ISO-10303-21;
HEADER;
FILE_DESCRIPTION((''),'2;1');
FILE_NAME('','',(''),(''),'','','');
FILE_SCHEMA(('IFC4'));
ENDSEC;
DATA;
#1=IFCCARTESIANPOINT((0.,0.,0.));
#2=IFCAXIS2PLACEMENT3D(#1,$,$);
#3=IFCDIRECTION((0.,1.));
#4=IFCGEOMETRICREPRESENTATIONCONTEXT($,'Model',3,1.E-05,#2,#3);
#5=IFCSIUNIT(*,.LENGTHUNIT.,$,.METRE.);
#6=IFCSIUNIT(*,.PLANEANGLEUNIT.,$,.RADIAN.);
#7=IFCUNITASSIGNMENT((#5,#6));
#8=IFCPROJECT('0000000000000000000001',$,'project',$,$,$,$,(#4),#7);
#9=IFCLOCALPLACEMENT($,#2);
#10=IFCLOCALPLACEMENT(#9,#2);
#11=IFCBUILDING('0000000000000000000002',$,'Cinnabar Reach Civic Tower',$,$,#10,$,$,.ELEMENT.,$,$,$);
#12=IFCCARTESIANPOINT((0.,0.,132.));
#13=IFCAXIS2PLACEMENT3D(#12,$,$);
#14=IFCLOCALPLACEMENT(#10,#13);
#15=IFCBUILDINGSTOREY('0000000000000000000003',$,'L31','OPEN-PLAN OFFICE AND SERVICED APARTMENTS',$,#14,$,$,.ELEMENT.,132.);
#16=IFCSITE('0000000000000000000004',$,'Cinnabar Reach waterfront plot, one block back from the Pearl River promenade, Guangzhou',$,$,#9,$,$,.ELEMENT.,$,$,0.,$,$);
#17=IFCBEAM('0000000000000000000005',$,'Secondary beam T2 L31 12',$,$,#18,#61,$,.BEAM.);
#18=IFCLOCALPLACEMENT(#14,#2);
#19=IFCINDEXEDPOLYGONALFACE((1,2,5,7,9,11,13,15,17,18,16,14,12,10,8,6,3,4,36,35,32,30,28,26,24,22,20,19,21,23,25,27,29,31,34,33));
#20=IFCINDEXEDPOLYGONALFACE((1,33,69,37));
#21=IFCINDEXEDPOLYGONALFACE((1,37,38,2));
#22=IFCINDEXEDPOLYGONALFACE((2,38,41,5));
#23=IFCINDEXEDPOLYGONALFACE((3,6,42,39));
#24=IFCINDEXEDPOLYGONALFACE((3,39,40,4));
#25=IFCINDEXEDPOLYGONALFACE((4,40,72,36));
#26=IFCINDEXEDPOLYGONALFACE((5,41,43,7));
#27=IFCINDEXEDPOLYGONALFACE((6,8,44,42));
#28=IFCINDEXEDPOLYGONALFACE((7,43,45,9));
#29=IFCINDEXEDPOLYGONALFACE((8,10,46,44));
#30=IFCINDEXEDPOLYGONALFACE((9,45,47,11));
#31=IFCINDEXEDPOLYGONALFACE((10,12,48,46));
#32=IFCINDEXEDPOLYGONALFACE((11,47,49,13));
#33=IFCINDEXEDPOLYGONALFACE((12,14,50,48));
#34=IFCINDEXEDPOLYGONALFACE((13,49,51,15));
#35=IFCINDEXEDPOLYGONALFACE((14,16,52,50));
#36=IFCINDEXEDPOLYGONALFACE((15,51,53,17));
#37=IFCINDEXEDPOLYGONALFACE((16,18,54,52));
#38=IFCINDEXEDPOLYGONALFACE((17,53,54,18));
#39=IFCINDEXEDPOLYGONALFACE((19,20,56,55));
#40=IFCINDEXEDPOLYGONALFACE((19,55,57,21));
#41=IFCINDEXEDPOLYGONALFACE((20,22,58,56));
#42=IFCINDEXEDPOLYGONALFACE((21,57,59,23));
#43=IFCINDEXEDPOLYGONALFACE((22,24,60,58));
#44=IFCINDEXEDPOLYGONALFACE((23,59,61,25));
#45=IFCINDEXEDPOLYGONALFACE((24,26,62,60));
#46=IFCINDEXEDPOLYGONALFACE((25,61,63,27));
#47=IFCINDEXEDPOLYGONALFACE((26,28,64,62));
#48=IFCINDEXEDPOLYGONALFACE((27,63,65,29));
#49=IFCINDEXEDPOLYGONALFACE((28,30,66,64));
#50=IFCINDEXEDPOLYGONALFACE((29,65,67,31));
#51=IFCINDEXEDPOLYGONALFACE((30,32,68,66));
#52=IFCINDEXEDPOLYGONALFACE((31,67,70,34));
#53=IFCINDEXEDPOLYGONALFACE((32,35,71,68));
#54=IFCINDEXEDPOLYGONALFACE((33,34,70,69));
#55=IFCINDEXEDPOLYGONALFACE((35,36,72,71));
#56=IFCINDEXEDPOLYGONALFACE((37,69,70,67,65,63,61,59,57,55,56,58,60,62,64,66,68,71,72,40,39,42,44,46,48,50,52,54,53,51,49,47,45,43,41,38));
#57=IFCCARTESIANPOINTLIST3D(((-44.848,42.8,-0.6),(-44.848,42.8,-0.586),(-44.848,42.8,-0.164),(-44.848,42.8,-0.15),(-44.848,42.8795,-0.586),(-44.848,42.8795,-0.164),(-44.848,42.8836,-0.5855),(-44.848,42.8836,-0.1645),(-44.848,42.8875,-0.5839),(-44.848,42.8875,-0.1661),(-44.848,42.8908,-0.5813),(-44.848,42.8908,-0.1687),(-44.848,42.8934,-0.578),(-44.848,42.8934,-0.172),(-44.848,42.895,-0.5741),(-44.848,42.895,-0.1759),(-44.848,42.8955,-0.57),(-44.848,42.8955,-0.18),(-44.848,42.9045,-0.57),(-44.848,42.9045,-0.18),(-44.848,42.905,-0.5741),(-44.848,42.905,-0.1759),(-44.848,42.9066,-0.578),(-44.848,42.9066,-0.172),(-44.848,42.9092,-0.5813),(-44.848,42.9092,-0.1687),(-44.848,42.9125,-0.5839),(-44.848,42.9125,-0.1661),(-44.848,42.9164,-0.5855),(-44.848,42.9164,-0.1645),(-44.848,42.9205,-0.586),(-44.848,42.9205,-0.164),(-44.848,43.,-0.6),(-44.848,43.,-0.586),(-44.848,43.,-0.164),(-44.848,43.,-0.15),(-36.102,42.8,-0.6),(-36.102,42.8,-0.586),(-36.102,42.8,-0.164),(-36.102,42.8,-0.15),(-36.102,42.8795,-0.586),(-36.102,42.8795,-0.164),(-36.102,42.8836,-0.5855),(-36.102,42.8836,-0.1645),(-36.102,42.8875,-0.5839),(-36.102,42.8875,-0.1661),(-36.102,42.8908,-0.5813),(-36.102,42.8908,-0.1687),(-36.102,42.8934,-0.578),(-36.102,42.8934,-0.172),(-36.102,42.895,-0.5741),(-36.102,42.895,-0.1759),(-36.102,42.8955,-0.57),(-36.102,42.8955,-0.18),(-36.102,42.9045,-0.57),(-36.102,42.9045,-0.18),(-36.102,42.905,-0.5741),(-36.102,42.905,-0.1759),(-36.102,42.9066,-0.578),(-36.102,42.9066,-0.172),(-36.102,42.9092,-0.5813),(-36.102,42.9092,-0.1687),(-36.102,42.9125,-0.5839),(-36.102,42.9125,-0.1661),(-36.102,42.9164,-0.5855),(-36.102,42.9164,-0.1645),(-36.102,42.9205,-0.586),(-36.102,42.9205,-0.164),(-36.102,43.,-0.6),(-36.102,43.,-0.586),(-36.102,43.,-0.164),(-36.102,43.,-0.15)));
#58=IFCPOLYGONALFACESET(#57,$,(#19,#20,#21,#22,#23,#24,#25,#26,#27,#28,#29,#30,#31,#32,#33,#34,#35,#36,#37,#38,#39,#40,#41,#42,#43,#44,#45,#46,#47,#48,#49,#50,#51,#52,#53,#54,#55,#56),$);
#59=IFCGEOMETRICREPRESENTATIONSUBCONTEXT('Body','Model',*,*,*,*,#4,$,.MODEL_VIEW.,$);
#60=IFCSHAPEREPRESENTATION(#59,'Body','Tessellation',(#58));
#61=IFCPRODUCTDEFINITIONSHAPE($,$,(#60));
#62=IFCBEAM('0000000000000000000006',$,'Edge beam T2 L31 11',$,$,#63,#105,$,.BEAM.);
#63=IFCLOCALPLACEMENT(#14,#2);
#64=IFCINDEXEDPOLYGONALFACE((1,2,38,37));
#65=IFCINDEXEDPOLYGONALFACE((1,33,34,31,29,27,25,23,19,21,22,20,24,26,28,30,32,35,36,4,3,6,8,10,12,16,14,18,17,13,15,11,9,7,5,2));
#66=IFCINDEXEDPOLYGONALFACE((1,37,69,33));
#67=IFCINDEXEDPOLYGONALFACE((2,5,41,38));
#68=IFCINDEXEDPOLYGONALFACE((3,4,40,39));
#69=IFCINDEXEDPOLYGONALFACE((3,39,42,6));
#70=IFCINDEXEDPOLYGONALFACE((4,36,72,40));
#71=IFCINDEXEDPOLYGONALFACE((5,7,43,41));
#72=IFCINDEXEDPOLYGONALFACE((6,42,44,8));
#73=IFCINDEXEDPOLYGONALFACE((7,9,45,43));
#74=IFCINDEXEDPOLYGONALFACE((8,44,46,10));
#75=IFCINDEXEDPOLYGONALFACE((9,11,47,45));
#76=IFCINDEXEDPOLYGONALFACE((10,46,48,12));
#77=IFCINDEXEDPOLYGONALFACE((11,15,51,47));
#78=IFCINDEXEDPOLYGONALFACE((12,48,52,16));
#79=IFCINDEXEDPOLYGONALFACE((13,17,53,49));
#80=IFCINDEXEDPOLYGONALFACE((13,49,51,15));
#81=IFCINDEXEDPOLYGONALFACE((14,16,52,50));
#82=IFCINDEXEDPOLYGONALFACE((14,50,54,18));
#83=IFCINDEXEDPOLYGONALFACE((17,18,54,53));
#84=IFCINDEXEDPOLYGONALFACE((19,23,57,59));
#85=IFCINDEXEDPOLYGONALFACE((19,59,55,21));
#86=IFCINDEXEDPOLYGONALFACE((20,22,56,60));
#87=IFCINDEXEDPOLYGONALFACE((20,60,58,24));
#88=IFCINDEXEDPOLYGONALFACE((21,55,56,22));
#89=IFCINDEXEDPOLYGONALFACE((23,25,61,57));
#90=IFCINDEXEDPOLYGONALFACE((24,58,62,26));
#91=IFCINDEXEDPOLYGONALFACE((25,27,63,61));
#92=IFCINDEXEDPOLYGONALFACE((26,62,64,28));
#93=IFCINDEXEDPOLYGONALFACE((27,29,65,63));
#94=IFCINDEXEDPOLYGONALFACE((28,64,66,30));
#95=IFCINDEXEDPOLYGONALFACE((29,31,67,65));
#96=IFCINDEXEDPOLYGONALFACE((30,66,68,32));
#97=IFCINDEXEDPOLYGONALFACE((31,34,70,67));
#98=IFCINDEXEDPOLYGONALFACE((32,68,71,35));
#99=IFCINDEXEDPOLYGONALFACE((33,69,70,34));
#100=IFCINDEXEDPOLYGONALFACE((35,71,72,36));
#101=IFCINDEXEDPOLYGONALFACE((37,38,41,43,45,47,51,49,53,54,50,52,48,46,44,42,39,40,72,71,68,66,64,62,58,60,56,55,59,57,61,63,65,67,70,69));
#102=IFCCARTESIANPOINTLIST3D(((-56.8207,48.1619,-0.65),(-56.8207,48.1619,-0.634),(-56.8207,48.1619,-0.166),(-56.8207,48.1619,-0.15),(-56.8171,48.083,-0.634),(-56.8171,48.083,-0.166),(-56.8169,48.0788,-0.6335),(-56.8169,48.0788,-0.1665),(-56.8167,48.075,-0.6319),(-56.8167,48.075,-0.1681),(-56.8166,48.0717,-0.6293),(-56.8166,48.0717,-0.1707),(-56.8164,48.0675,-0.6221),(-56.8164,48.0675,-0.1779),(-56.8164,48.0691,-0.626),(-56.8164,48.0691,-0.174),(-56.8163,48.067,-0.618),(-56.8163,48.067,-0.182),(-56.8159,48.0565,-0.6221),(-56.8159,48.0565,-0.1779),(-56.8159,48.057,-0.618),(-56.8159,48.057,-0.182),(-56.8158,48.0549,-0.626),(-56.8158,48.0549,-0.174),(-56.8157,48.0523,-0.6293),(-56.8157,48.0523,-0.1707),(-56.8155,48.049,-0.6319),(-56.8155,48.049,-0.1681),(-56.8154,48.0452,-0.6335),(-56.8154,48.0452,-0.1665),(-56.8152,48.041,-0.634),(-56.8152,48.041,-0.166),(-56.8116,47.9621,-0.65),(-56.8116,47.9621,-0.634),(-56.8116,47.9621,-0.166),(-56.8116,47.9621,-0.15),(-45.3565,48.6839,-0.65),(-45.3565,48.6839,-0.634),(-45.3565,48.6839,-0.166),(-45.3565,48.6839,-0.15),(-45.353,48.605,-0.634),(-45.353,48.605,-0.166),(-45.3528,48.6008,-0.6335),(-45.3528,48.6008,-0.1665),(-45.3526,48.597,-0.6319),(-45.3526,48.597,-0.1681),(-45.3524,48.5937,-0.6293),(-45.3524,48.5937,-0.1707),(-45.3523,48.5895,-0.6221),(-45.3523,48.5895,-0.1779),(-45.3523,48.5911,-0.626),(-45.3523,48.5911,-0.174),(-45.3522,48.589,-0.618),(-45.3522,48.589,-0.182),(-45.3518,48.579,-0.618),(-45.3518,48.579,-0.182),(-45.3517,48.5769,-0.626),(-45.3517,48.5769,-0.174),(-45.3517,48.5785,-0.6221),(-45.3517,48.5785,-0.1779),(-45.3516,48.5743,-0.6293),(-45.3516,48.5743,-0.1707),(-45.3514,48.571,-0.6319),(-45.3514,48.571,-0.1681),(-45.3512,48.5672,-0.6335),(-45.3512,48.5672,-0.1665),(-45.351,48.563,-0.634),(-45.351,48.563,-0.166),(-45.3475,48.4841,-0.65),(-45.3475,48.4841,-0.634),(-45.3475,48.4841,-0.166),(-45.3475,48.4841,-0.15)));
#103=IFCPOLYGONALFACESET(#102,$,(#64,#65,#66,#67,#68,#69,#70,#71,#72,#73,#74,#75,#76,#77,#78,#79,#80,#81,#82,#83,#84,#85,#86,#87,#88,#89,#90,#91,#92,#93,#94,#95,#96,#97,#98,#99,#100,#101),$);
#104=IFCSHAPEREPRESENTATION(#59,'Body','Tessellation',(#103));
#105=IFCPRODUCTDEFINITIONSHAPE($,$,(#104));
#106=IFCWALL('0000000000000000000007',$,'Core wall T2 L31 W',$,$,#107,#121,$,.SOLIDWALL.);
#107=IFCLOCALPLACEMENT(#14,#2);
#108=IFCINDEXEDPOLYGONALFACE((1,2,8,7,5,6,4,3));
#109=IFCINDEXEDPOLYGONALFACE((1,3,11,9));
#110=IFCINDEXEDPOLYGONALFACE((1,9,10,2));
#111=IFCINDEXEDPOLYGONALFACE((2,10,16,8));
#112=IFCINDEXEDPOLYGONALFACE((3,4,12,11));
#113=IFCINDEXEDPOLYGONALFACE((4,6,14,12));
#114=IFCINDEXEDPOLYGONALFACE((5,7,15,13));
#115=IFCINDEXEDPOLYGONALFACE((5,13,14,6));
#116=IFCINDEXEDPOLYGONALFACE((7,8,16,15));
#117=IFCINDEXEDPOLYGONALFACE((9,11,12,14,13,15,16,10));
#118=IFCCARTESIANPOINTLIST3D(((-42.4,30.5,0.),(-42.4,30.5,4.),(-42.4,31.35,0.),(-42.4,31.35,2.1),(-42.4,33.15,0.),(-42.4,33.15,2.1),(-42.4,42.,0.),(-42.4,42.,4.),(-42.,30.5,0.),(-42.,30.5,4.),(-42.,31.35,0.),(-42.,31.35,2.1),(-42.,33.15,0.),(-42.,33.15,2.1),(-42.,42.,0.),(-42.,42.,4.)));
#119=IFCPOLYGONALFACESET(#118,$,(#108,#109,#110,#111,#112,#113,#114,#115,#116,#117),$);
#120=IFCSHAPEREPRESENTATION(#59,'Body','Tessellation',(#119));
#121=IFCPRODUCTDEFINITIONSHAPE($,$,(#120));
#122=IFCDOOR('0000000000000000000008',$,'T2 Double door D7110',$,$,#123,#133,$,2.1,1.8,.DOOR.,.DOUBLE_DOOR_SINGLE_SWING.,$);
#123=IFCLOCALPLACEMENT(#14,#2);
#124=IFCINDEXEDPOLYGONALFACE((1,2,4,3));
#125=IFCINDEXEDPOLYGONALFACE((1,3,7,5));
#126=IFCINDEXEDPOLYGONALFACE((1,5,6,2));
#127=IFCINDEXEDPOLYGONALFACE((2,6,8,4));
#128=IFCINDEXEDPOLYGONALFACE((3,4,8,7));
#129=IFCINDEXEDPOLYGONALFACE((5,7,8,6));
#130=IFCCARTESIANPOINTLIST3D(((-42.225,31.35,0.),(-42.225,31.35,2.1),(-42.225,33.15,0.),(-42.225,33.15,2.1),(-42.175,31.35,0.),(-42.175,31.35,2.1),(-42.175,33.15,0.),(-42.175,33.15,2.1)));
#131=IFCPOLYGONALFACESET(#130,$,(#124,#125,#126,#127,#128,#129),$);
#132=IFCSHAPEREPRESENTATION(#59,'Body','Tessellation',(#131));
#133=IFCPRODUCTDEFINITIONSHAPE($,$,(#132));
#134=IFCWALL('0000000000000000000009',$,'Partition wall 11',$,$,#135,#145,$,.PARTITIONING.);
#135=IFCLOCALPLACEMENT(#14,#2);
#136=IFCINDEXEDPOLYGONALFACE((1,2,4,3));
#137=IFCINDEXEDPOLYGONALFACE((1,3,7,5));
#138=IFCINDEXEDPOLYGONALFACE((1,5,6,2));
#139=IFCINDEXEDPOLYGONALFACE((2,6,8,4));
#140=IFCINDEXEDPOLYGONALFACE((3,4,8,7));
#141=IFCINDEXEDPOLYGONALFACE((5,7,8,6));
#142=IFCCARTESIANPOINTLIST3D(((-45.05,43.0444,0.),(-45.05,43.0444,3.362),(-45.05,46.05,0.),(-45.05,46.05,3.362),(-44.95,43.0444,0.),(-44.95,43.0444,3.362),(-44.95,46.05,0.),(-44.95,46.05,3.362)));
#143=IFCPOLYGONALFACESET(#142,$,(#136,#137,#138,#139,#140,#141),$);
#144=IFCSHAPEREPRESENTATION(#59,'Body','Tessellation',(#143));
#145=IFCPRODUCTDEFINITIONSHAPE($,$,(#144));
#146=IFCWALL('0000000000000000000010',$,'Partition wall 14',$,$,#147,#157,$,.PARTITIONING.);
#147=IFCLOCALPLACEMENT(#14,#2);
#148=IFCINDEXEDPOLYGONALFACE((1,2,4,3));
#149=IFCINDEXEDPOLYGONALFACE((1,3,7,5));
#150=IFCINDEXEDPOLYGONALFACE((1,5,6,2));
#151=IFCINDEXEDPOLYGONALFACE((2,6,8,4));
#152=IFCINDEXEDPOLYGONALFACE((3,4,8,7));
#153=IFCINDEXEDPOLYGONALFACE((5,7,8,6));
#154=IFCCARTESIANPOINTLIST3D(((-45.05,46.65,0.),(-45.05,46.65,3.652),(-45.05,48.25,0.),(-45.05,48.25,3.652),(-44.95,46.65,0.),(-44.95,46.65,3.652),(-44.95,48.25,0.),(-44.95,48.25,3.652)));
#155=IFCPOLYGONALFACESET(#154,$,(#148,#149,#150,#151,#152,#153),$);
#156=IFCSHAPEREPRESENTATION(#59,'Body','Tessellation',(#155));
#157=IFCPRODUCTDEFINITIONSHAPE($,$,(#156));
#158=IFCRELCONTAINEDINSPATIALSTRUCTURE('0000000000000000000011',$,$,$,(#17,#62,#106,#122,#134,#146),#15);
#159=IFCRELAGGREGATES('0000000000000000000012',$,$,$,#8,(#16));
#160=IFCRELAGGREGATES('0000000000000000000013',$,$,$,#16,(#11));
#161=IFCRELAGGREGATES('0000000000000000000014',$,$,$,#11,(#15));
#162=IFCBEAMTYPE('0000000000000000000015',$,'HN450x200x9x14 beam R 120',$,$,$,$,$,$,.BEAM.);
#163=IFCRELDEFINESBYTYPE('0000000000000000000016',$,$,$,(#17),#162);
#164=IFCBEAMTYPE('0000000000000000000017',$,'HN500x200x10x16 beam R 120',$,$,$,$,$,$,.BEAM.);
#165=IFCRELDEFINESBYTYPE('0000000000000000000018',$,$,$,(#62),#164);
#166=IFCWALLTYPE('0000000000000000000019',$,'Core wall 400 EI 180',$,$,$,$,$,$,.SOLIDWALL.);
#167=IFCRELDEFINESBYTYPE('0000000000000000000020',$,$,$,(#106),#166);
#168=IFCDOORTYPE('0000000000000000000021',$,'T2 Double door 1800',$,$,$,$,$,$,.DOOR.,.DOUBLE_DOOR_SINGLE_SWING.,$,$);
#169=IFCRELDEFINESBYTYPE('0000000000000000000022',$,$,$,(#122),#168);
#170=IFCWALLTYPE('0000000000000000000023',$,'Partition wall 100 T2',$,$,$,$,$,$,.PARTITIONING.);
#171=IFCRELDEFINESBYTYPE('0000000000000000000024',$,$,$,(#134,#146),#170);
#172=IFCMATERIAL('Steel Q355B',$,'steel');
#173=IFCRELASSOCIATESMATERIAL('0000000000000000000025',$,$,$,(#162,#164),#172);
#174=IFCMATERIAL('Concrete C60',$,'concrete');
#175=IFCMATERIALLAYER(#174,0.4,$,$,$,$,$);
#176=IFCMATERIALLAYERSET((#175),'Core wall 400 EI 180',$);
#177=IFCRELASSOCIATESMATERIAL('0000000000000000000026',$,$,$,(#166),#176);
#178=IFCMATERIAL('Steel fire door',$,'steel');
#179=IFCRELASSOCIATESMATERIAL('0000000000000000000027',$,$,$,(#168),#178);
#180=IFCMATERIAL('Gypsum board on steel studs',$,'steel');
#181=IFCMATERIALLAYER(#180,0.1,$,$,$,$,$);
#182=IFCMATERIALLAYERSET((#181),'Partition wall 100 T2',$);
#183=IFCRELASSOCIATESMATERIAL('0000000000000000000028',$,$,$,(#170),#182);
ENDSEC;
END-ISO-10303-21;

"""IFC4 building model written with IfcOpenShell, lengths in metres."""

from ifc_helpers import new_model, si_unit, direction, frame, frame_2d, origin, origin_2d, place, context, subcontext, project, spatial, rectangle, i_section, extrude, material, layer, layer_set, material_profile, profile_set, type_object, element, fill, save


model = new_model("IFC4")

# Units and contexts
model_context = context("Model", 3, precision=1e-05, world=origin(), true_north=direction((0.0, 1.0)))
body_context = subcontext(model_context, "Body", "Model", "MODEL_VIEW")
ifc_project = project(units=[si_unit("LENGTHUNIT", "METRE"), si_unit("PLANEANGLEUNIT", "RADIAN")], contexts=[model_context])

# Site, building, storey
site_placement = place(None, origin())
site = spatial("IfcSite", under=ifc_project, at=site_placement, Name="Cinnabar Reach waterfront plot, one block back from the Pearl River promenade, Guangzhou", CompositionType="ELEMENT", RefElevation=0.0)
building_placement = place(site_placement, origin())
building = spatial("IfcBuilding", under=site, at=building_placement, Name="Cinnabar Reach Civic Tower", CompositionType="ELEMENT")
storey_placement = place(building_placement, frame((0.0, 0.0, 132.0)))
storey = spatial("IfcBuildingStorey", under=building, at=storey_placement, Name="L31", Description="OPEN-PLAN OFFICE AND SERVICED APARTMENTS", CompositionType="ELEMENT", Elevation=132.0)

# Shared definitions
ifc_material_1 = material(Name="Concrete C60", Category="concrete")

# Beams
ifc_material_2 = material(Name="Steel Q355B", Category="steel")
ifc_material_profile_1 = material_profile(ifc_material_2, i_section(OverallWidth=0.2, OverallDepth=0.45, WebThickness=0.009, FlangeThickness=0.014, FilletRadius=0.016, at=origin_2d()), Name="HN450x200x9x14")
ifc_profile_set_1 = profile_set([ifc_material_profile_1], Name="Steel Q355B")
beam_type_1 = type_object("IfcBeamType", Name="HN450x200x9x14 beam R 120", PredefinedType="BEAM", material=ifc_profile_set_1)
beam_1_placement = place(storey_placement, frame((-44.848, 42.9, -0.375), z_axis=(1.0, 0.0, 0.0), x_axis=(0.0, 1.0, 0.0)))
element("IfcBeam", 1, at=beam_1_placement, inside=storey, type_object=beam_type_1, Name="Secondary beam T2 L31 12", PredefinedType="BEAM", context=body_context, shape_type="SweptSolid", body=[
    extrude(i_section(OverallWidth=0.2, OverallDepth=0.45, WebThickness=0.009, FlangeThickness=0.014, FilletRadius=0.016, at=origin_2d()), origin(), (0.0, 0.0, 1.0), 8.746),
])
ifc_material_profile_2 = material_profile(ifc_material_2, i_section(OverallWidth=0.2, OverallDepth=0.5, WebThickness=0.01, FlangeThickness=0.016, FilletRadius=0.016, at=origin_2d()), Name="HN500x200x10x16")
ifc_profile_set_2 = profile_set([ifc_material_profile_2], Name="Steel Q355B")
beam_type_2 = type_object("IfcBeamType", Name="HN500x200x10x16 beam R 120", PredefinedType="BEAM", material=ifc_profile_set_2)
beam_2_placement = place(storey_placement, frame((-45.352, 48.584, -0.4), z_axis=(-0.998965, -0.045486, 0.0), x_axis=(0.045486, -0.998965, 0.0)))
element("IfcBeam", 2, at=beam_2_placement, inside=storey, type_object=beam_type_2, Name="Edge beam T2 L31 11", PredefinedType="BEAM", context=body_context, shape_type="SweptSolid", body=[
    extrude(i_section(OverallWidth=0.2, OverallDepth=0.5, WebThickness=0.01, FlangeThickness=0.016, FilletRadius=0.016, at=origin_2d()), origin(), (0.0, 0.0, 1.0), 11.476),
])

# Wall, opening, door
ifc_layer_1 = layer(ifc_material_1, 0.4)
ifc_layer_set_1 = layer_set([ifc_layer_1], Name="Core wall 400 EI 180")
wall_type_1 = type_object("IfcWallType", Name="Core wall 400 EI 180", PredefinedType="SOLIDWALL", material=ifc_layer_set_1)
wall_1_placement = place(storey_placement, frame((-42.2, 42.0, 0.0), z_axis=(0.0, 0.0, 1.0), x_axis=(0.0, -1.0, 0.0)))
wall_1 = element("IfcWall", 3, at=wall_1_placement, inside=storey, type_object=wall_type_1, Name="Core wall T2 L31 W", PredefinedType="SOLIDWALL", context=body_context, shape_type="SweptSolid", body=[
    extrude(rectangle(XDim=11.5, YDim=0.4, at=frame_2d((5.75, 0.0))), origin(), (0.0, 0.0, 1.0), 4.0),
])
opening_1_placement = place(wall_1_placement, frame((8.85, 0.0, 0.0)))
opening_1 = element("IfcOpeningElement", 4, at=opening_1_placement, cuts=wall_1, PredefinedType="OPENING", context=body_context, shape_type="SweptSolid", body=[
    extrude(rectangle(XDim=1.8, YDim=2.1, at=frame_2d((0.9, 1.05))), frame((0.0, 0.21, 0.0), z_axis=(0.0, -1.0, 0.0), x_axis=(1.0, 0.0, 0.0)), (0.0, 0.0, 1.0), 0.42),
])
ifc_material_3 = material(Name="Steel fire door", Category="steel")
door_type_1 = type_object("IfcDoorType", Name="T2 Double door 1800", OperationType="DOUBLE_DOOR_SINGLE_SWING", PredefinedType="DOOR", material=ifc_material_3)
door_1_placement = place(opening_1_placement, frame((1.8, 0.0, 0.0), z_axis=(0.0, 0.0, 1.0), x_axis=(-1.0, 0.0, 0.0)))
door_1 = element("IfcDoor", 5, at=door_1_placement, inside=storey, type_object=door_type_1, Name="T2 Double door D7110", OperationType="DOUBLE_DOOR_SINGLE_SWING", OverallHeight=2.1, OverallWidth=1.8, PredefinedType="DOOR", context=body_context, shape_type="SweptSolid", body=[
    extrude(rectangle(XDim=1.8, YDim=2.1, at=frame_2d((0.9, 1.05))), frame((0.0, 0.025, 0.0), z_axis=(0.0, -1.0, 0.0), x_axis=(1.0, 0.0, 0.0)), (0.0, 0.0, 1.0), 0.05),
])
fill(opening_1, door_1)

# Walls
ifc_material_4 = material(Name="Gypsum board on steel studs", Category="steel")
ifc_layer_2 = layer(ifc_material_4, 0.1)
ifc_layer_set_2 = layer_set([ifc_layer_2], Name="Partition wall 100 T2")
wall_type_2 = type_object("IfcWallType", Name="Partition wall 100 T2", PredefinedType="PARTITIONING", material=ifc_layer_set_2)
wall_2_placement = place(storey_placement, frame((-45.0, 43.0443, 0.0), z_axis=(0.0, 0.0, 1.0), x_axis=(0.0, 1.0, 0.0)))
element("IfcWall", 6, at=wall_2_placement, inside=storey, type_object=wall_type_2, Name="Partition wall 11", PredefinedType="PARTITIONING", context=body_context, shape_type="SweptSolid", body=[
    extrude(rectangle(XDim=3.0057, YDim=0.1, at=frame_2d((1.5029, 0.0))), origin(), (0.0, 0.0, 1.0), 3.362),
])
wall_3_placement = place(storey_placement, frame((-45.0, 46.65, 0.0), z_axis=(0.0, 0.0, 1.0), x_axis=(0.0, 1.0, 0.0)))
element("IfcWall", 7, at=wall_3_placement, inside=storey, type_object=wall_type_2, Name="Partition wall 14", PredefinedType="PARTITIONING", context=body_context, shape_type="SweptSolid", body=[
    extrude(rectangle(XDim=1.6, YDim=0.1, at=frame_2d((0.8, 0.0))), origin(), (0.0, 0.0, 1.0), 3.652),
])

save(model, "model.ifc")
